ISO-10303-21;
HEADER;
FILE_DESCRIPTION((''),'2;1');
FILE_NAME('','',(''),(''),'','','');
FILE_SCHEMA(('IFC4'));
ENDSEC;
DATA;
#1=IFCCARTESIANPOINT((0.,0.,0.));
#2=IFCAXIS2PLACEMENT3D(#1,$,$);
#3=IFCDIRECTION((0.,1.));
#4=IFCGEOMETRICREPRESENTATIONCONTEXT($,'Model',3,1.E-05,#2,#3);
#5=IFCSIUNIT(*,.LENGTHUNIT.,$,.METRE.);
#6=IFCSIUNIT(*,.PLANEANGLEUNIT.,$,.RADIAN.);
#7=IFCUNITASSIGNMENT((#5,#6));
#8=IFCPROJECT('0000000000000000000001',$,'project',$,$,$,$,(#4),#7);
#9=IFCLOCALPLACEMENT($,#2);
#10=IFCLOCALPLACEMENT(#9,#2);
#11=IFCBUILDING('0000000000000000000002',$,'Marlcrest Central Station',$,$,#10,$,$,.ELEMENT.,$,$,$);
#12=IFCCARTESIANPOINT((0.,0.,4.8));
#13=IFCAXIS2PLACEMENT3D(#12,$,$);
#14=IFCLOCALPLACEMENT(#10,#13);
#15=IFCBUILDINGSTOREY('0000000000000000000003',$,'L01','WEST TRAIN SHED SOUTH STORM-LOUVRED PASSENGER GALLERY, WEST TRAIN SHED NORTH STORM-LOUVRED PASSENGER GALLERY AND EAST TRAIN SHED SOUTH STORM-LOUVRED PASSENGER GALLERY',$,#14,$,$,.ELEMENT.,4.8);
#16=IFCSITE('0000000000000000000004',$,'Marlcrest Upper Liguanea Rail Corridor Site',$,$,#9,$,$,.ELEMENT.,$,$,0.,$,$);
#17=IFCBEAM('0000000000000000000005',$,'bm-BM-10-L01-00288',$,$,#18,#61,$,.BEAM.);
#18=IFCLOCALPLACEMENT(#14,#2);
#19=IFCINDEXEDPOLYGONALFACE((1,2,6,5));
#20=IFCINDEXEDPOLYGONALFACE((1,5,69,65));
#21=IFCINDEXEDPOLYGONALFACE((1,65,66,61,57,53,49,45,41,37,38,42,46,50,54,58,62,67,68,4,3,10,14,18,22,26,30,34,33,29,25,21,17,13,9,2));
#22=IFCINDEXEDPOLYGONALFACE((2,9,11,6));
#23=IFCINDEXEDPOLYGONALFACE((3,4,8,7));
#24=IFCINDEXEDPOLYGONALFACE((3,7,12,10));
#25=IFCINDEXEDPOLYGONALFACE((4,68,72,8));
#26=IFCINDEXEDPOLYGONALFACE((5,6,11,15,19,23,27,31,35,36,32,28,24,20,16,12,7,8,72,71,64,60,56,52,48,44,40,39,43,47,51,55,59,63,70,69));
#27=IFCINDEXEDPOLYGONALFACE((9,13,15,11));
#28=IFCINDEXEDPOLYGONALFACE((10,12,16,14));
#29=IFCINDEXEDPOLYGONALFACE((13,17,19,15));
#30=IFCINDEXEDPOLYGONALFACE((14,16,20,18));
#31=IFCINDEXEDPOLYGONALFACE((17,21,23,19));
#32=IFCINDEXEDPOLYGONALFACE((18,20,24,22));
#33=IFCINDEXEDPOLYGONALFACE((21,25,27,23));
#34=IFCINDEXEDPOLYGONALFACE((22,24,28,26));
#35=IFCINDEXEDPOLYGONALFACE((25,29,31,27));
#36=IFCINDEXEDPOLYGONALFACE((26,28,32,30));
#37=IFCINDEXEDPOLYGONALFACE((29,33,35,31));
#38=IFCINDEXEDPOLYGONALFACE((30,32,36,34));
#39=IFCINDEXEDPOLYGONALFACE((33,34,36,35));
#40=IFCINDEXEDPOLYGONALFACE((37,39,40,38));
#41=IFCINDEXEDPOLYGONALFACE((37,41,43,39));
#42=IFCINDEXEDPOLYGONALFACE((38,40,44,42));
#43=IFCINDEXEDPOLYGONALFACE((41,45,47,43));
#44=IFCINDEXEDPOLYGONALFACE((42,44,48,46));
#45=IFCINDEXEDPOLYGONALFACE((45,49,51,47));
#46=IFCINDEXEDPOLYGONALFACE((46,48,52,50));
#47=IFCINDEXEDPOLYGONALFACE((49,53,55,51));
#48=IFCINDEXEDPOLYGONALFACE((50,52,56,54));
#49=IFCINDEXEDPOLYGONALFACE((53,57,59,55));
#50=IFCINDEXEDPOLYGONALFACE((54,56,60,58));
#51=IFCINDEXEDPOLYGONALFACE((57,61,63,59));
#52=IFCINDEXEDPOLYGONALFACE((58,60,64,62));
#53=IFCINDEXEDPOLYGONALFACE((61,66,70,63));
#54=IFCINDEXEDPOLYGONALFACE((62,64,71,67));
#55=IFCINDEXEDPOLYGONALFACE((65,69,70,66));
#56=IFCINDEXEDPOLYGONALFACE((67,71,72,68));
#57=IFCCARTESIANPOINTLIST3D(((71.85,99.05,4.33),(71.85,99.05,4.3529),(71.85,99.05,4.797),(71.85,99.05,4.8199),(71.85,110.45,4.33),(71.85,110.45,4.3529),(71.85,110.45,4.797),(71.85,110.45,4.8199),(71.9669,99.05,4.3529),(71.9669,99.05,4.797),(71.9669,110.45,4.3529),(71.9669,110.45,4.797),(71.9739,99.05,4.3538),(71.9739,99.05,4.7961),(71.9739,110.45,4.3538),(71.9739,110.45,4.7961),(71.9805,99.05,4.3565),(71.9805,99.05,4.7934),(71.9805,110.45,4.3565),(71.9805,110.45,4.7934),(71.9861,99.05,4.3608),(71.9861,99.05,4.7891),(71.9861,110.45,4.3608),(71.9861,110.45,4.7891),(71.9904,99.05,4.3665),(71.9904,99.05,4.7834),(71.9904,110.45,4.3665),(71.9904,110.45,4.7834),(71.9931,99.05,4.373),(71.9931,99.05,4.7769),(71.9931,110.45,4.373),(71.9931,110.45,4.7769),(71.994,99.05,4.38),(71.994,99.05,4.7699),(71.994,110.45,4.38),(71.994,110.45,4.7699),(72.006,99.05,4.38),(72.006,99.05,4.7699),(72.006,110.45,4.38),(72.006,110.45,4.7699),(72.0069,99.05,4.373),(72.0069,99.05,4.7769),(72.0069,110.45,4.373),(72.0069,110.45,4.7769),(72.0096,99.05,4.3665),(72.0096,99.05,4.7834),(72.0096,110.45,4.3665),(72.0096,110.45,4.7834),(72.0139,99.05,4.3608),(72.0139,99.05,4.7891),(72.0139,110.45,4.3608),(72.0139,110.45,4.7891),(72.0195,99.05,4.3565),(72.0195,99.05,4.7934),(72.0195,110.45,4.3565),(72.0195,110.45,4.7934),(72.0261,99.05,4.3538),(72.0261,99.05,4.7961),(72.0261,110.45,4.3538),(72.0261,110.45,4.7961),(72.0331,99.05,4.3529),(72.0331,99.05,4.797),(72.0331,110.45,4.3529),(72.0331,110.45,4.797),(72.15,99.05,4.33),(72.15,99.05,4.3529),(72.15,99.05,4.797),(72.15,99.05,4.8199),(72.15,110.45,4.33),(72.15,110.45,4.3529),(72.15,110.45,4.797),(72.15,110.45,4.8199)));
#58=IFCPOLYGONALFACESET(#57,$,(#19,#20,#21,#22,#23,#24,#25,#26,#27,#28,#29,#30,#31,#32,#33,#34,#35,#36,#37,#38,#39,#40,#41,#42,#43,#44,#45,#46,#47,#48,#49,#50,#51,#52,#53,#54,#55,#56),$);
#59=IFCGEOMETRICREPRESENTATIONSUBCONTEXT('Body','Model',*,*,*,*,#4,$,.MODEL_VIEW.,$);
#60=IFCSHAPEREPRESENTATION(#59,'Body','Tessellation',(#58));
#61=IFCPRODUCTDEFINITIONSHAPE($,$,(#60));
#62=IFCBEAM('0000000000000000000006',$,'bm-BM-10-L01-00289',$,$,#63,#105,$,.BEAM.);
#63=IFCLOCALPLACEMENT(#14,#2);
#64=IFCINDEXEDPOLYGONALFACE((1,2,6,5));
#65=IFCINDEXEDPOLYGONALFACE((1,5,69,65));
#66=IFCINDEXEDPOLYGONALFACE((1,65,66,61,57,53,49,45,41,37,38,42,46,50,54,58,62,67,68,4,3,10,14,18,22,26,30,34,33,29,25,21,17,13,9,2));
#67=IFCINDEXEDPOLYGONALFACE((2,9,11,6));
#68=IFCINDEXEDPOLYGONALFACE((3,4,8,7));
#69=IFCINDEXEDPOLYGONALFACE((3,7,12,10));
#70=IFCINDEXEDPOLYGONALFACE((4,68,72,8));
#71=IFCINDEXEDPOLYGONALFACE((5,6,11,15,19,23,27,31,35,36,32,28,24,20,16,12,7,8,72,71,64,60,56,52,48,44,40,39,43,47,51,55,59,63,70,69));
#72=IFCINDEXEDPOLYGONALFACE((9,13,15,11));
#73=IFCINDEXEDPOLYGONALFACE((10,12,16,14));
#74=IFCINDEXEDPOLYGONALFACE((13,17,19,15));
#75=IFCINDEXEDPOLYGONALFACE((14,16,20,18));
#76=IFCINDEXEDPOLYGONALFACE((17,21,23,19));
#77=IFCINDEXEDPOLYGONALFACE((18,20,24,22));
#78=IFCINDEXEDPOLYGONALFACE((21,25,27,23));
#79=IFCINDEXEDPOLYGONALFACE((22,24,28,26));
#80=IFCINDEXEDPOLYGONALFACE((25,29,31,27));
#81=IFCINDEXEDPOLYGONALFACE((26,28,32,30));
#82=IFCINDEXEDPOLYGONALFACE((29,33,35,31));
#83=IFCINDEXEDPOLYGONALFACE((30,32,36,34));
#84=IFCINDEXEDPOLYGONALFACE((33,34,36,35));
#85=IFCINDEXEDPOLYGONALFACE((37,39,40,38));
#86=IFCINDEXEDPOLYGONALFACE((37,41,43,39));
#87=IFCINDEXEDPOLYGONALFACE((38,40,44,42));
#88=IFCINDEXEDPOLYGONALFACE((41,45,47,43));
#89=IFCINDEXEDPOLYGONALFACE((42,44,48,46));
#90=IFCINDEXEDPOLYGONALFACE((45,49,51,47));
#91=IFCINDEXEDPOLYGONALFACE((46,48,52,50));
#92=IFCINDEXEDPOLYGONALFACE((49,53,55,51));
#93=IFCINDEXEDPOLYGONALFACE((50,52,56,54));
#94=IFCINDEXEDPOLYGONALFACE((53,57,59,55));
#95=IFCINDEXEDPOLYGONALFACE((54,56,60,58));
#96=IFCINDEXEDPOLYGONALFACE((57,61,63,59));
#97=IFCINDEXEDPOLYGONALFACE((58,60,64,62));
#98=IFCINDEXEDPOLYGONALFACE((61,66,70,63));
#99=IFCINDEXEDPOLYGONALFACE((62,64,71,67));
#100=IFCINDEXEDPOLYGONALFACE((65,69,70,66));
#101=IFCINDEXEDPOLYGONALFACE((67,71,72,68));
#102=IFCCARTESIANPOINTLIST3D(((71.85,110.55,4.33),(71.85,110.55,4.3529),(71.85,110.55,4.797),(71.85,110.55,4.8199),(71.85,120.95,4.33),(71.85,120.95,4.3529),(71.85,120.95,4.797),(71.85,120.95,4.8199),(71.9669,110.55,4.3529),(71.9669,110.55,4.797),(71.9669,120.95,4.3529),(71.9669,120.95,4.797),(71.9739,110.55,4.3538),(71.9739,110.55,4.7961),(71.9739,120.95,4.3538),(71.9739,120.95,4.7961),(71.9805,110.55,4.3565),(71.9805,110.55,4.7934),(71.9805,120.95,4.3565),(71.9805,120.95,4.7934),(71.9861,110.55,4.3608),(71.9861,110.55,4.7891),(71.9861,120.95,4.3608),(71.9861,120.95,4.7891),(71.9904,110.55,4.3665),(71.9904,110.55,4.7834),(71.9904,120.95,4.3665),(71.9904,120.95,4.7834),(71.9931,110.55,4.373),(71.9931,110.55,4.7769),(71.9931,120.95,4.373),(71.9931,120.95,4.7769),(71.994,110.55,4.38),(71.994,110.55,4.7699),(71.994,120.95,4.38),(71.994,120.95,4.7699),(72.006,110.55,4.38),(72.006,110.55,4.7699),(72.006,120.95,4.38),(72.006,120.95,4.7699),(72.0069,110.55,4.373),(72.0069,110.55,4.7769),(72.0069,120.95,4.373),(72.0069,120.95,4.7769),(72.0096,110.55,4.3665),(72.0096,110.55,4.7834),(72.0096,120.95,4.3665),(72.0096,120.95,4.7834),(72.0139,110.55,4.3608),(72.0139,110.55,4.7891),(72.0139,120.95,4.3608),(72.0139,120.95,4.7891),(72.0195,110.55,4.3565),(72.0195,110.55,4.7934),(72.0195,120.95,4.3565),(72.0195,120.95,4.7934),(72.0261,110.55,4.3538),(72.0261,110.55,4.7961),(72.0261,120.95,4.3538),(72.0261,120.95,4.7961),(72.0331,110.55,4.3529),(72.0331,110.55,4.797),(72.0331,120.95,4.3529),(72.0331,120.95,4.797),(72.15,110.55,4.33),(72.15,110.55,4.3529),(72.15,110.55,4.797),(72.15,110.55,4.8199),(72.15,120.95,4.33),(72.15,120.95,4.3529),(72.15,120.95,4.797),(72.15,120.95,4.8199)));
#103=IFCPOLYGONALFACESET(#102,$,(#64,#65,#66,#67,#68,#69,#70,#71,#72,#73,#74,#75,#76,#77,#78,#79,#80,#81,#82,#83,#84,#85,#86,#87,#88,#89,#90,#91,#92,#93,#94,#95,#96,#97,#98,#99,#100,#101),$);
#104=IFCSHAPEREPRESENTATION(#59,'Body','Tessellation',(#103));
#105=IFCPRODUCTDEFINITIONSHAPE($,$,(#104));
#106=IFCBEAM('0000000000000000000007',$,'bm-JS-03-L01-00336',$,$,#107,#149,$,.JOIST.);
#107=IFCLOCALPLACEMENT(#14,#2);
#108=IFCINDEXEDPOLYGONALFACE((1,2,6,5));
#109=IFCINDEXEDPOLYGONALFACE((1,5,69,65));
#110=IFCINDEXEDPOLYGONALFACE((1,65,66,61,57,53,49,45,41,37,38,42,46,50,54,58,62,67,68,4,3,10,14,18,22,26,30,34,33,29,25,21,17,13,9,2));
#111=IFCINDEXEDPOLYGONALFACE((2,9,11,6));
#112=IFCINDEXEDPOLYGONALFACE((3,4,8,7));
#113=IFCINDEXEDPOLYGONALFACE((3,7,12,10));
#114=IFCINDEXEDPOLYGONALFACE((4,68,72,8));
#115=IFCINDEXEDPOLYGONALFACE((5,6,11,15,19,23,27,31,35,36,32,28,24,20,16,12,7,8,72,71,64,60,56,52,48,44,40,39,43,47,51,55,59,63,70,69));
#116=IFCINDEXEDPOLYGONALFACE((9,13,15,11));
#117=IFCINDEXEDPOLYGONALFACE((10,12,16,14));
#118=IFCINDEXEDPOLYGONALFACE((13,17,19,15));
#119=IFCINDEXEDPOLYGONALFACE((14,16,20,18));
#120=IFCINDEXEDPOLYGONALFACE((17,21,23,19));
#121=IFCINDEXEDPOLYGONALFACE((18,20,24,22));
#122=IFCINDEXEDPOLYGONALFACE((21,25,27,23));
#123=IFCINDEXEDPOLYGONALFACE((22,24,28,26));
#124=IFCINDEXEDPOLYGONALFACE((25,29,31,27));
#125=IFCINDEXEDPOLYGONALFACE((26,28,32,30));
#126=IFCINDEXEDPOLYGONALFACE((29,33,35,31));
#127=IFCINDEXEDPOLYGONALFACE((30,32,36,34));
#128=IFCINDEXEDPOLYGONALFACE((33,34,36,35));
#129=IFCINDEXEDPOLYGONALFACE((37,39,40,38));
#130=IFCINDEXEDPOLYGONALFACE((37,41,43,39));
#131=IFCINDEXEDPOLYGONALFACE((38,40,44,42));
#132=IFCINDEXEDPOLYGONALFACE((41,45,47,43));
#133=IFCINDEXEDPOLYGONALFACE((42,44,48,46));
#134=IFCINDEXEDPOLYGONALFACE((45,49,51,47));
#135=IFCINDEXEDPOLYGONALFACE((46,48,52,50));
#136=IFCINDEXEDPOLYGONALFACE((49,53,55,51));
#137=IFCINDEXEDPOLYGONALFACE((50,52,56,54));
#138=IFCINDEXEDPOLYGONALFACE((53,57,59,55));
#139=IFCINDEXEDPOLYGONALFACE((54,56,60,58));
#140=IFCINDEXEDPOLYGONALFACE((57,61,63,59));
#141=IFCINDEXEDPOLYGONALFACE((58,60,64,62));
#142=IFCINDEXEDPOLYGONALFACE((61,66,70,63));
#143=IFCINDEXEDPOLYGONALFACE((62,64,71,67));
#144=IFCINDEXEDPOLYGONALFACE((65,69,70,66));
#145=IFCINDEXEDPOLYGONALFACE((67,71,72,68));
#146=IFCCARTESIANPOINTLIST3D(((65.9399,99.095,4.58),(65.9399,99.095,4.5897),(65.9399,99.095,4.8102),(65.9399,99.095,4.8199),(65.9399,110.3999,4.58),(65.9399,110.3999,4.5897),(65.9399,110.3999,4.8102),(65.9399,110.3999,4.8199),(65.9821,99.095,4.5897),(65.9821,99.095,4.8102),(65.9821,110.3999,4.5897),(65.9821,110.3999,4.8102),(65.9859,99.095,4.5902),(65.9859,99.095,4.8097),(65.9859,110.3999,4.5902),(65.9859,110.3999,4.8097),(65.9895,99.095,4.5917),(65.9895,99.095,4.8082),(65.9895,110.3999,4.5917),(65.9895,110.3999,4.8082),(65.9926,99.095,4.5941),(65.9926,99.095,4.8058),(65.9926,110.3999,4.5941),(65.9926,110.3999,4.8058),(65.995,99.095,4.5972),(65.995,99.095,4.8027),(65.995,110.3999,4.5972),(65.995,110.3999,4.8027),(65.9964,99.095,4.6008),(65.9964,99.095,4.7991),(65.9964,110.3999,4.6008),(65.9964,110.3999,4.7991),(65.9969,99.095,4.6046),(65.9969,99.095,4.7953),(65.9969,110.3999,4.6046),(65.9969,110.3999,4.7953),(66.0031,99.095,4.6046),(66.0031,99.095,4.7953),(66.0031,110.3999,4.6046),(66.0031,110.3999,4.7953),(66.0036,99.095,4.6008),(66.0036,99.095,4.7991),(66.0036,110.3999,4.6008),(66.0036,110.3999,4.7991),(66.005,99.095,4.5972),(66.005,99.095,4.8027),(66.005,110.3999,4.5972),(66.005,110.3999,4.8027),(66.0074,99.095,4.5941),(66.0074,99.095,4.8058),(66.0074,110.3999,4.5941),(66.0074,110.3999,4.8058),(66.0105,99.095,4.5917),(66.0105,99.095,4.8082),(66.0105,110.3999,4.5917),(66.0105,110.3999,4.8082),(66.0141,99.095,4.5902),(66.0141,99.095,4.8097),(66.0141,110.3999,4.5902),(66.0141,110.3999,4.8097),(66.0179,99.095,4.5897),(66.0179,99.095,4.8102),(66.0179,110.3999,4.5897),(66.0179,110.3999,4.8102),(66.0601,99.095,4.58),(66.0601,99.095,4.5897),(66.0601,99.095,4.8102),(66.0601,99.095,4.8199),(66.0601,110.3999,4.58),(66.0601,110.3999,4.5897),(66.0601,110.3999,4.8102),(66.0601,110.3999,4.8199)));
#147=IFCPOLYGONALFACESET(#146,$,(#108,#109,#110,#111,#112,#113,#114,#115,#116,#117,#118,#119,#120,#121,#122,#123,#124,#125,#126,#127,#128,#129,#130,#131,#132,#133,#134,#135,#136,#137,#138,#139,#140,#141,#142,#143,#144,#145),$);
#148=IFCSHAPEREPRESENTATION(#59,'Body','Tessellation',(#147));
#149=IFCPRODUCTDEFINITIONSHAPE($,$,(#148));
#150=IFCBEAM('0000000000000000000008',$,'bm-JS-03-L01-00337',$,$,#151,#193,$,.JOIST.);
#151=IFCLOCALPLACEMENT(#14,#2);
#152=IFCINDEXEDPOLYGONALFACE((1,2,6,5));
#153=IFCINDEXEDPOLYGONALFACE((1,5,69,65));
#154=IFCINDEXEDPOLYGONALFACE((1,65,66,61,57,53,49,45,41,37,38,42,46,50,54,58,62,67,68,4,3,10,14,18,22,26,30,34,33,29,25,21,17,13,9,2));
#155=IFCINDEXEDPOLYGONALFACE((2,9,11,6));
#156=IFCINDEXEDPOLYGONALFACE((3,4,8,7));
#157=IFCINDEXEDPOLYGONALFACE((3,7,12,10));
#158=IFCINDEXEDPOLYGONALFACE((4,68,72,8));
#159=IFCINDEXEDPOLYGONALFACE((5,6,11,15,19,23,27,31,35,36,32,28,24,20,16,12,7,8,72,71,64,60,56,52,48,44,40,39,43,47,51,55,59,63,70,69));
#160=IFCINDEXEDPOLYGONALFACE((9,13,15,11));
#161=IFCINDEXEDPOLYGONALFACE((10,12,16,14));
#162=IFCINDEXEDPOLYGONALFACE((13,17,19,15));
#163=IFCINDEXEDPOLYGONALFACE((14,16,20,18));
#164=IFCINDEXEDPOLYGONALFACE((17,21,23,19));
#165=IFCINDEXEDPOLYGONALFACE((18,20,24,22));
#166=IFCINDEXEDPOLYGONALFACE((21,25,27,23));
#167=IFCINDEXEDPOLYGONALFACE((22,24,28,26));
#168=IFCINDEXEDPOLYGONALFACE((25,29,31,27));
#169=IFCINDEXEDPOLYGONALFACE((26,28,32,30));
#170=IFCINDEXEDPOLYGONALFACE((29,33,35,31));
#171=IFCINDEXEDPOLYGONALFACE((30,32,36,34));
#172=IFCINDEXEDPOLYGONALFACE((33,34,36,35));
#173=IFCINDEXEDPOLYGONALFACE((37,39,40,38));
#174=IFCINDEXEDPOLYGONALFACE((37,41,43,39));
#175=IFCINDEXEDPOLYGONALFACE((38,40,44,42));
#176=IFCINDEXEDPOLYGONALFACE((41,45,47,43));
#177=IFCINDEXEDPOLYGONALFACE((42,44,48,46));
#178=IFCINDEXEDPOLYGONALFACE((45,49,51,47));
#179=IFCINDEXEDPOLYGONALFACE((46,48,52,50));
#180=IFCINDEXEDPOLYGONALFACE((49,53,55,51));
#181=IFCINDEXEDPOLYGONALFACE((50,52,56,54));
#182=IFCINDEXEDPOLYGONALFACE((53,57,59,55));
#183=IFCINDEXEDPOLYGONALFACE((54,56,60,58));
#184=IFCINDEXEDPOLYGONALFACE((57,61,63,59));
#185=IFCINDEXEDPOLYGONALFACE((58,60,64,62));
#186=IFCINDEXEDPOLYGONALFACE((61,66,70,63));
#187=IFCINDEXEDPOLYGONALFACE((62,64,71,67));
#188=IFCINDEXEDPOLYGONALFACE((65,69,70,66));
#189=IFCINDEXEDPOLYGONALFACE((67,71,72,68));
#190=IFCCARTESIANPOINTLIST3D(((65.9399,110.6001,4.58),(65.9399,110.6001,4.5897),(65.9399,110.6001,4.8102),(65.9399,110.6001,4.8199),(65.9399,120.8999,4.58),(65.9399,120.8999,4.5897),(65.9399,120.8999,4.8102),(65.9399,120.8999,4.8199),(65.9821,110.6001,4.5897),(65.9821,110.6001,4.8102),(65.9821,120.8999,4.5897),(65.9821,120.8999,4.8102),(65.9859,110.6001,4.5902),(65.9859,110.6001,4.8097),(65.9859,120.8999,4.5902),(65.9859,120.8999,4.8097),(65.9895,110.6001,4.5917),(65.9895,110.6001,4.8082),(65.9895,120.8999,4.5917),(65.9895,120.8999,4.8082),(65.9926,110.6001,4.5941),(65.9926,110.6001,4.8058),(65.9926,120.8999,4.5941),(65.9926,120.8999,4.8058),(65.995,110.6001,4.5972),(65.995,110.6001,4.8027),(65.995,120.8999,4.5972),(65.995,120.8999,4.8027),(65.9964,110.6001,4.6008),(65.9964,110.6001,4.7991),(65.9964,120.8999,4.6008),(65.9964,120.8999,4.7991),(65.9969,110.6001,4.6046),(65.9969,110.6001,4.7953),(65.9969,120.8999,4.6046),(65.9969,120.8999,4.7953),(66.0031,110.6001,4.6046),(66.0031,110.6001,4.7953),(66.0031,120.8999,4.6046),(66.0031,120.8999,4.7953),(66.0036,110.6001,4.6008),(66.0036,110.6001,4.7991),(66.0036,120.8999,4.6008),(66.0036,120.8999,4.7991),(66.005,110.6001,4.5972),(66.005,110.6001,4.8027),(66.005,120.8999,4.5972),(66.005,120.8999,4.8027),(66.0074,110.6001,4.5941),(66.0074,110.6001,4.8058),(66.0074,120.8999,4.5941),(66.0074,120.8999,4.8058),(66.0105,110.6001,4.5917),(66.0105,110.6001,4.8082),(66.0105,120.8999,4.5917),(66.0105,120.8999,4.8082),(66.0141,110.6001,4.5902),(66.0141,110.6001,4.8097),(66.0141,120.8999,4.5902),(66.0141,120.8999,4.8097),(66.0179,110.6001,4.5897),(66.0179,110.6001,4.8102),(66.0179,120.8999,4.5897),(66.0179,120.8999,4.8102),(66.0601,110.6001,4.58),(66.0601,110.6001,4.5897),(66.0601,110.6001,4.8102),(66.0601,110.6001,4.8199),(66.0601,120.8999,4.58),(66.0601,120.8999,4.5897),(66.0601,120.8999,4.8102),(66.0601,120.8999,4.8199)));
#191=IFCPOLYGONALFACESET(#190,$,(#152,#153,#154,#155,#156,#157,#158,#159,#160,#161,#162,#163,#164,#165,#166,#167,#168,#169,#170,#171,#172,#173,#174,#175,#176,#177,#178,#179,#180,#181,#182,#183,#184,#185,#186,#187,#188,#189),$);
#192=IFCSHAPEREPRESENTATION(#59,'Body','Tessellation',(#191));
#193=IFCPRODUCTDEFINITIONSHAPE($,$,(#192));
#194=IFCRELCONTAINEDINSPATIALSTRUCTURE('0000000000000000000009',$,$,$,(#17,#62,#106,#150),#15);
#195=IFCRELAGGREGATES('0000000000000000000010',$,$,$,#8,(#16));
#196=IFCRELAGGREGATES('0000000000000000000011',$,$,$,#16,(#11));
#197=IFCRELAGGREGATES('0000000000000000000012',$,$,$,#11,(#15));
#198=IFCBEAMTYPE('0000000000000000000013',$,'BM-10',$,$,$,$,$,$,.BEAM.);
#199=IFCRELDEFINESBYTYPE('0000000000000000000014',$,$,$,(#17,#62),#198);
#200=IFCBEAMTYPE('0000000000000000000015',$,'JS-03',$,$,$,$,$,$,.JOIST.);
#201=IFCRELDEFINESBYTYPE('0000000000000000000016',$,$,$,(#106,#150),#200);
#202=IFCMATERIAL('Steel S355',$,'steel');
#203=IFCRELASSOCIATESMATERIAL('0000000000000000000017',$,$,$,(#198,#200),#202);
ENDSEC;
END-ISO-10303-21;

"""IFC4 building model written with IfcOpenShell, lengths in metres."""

from ifc_helpers import new_model, si_unit, direction, frame, origin, origin_2d, place, context, subcontext, project, spatial, i_section, extrude, material, material_profile, profile_set, type_object, element, save


model = new_model("IFC4")

# Units and contexts
model_context = context("Model", 3, precision=1e-05, world=origin(), true_north=direction((0.0, 1.0)))
body_context = subcontext(model_context, "Body", "Model", "MODEL_VIEW")
ifc_project = project(units=[si_unit("LENGTHUNIT", "METRE"), si_unit("PLANEANGLEUNIT", "RADIAN")], contexts=[model_context])

# Site, building, storey
site_placement = place(None, origin())
site = spatial("IfcSite", under=ifc_project, at=site_placement, Name="Marlcrest Upper Liguanea Rail Corridor Site", CompositionType="ELEMENT", RefElevation=0.0)
building_placement = place(site_placement, origin())
building = spatial("IfcBuilding", under=site, at=building_placement, Name="Marlcrest Central Station", CompositionType="ELEMENT")
storey_placement = place(building_placement, frame((0.0, 0.0, 4.8)))
storey = spatial("IfcBuildingStorey", under=building, at=storey_placement, Name="L01", Description="WEST TRAIN SHED SOUTH STORM-LOUVRED PASSENGER GALLERY, WEST TRAIN SHED NORTH STORM-LOUVRED PASSENGER GALLERY AND EAST TRAIN SHED SOUTH STORM-LOUVRED PASSENGER GALLERY", CompositionType="ELEMENT", Elevation=4.8)

# Shared definitions
ifc_material_1 = material(Name="Steel S355", Category="steel")

# Beams
ifc_material_profile_1 = material_profile(ifc_material_1, i_section(OverallWidth=0.3, OverallDepth=0.49, WebThickness=0.012, FlangeThickness=0.0229, FilletRadius=0.0271, at=origin_2d()), Name="HEA 500")
ifc_profile_set_1 = profile_set([ifc_material_profile_1], Name="Steel S355")
beam_type_1 = type_object("IfcBeamType", Name="BM-10", PredefinedType="BEAM", material=ifc_profile_set_1)
beam_1_placement = place(storey_placement, frame((72.0, 99.05, 4.575), z_axis=(0.0, 1.0, 0.0), x_axis=(-1.0, 0.0, 0.0)))
element("IfcBeam", 1, at=beam_1_placement, inside=storey, type_object=beam_type_1, Name="bm-BM-10-L01-00288", PredefinedType="BEAM", context=body_context, shape_type="SweptSolid", body=[
    extrude(i_section(OverallWidth=0.3, OverallDepth=0.49, WebThickness=0.012, FlangeThickness=0.0229, FilletRadius=0.0271, at=origin_2d()), origin(), (0.0, 0.0, 1.0), 11.3999),
])
beam_2_placement = place(storey_placement, frame((72.0, 110.55, 4.575), z_axis=(0.0, 1.0, 0.0), x_axis=(-1.0, 0.0, 0.0)))
element("IfcBeam", 2, at=beam_2_placement, inside=storey, type_object=beam_type_1, Name="bm-BM-10-L01-00289", PredefinedType="BEAM", context=body_context, shape_type="SweptSolid", body=[
    extrude(i_section(OverallWidth=0.3, OverallDepth=0.49, WebThickness=0.012, FlangeThickness=0.0229, FilletRadius=0.0271, at=origin_2d()), origin(), (0.0, 0.0, 1.0), 10.3999),
])
ifc_material_profile_2 = material_profile(ifc_material_1, i_section(OverallWidth=0.1201, OverallDepth=0.24, WebThickness=0.0061, FlangeThickness=0.0098, FilletRadius=0.0149, at=origin_2d()), Name="IPE 240")
ifc_profile_set_2 = profile_set([ifc_material_profile_2], Name="Steel S355")
beam_type_2 = type_object("IfcBeamType", Name="JS-03", PredefinedType="JOIST", material=ifc_profile_set_2)
beam_3_placement = place(storey_placement, frame((66.0, 99.095, 4.7), z_axis=(0.0, 1.0, 0.0), x_axis=(-1.0, 0.0, 0.0)))
element("IfcBeam", 3, at=beam_3_placement, inside=storey, type_object=beam_type_2, Name="bm-JS-03-L01-00336", PredefinedType="JOIST", context=body_context, shape_type="SweptSolid", body=[
    extrude(i_section(OverallWidth=0.1201, OverallDepth=0.24, WebThickness=0.0061, FlangeThickness=0.0098, FilletRadius=0.0149, at=origin_2d()), origin(), (0.0, 0.0, 1.0), 11.3049),
])
beam_4_placement = place(storey_placement, frame((66.0, 110.6001, 4.7), z_axis=(0.0, 1.0, 0.0), x_axis=(-1.0, 0.0, 0.0)))
element("IfcBeam", 4, at=beam_4_placement, inside=storey, type_object=beam_type_2, Name="bm-JS-03-L01-00337", PredefinedType="JOIST", context=body_context, shape_type="SweptSolid", body=[
    extrude(i_section(OverallWidth=0.1201, OverallDepth=0.24, WebThickness=0.0061, FlangeThickness=0.0098, FilletRadius=0.0149, at=origin_2d()), origin(), (0.0, 0.0, 1.0), 10.2998),
])

save(model, "model.ifc")
